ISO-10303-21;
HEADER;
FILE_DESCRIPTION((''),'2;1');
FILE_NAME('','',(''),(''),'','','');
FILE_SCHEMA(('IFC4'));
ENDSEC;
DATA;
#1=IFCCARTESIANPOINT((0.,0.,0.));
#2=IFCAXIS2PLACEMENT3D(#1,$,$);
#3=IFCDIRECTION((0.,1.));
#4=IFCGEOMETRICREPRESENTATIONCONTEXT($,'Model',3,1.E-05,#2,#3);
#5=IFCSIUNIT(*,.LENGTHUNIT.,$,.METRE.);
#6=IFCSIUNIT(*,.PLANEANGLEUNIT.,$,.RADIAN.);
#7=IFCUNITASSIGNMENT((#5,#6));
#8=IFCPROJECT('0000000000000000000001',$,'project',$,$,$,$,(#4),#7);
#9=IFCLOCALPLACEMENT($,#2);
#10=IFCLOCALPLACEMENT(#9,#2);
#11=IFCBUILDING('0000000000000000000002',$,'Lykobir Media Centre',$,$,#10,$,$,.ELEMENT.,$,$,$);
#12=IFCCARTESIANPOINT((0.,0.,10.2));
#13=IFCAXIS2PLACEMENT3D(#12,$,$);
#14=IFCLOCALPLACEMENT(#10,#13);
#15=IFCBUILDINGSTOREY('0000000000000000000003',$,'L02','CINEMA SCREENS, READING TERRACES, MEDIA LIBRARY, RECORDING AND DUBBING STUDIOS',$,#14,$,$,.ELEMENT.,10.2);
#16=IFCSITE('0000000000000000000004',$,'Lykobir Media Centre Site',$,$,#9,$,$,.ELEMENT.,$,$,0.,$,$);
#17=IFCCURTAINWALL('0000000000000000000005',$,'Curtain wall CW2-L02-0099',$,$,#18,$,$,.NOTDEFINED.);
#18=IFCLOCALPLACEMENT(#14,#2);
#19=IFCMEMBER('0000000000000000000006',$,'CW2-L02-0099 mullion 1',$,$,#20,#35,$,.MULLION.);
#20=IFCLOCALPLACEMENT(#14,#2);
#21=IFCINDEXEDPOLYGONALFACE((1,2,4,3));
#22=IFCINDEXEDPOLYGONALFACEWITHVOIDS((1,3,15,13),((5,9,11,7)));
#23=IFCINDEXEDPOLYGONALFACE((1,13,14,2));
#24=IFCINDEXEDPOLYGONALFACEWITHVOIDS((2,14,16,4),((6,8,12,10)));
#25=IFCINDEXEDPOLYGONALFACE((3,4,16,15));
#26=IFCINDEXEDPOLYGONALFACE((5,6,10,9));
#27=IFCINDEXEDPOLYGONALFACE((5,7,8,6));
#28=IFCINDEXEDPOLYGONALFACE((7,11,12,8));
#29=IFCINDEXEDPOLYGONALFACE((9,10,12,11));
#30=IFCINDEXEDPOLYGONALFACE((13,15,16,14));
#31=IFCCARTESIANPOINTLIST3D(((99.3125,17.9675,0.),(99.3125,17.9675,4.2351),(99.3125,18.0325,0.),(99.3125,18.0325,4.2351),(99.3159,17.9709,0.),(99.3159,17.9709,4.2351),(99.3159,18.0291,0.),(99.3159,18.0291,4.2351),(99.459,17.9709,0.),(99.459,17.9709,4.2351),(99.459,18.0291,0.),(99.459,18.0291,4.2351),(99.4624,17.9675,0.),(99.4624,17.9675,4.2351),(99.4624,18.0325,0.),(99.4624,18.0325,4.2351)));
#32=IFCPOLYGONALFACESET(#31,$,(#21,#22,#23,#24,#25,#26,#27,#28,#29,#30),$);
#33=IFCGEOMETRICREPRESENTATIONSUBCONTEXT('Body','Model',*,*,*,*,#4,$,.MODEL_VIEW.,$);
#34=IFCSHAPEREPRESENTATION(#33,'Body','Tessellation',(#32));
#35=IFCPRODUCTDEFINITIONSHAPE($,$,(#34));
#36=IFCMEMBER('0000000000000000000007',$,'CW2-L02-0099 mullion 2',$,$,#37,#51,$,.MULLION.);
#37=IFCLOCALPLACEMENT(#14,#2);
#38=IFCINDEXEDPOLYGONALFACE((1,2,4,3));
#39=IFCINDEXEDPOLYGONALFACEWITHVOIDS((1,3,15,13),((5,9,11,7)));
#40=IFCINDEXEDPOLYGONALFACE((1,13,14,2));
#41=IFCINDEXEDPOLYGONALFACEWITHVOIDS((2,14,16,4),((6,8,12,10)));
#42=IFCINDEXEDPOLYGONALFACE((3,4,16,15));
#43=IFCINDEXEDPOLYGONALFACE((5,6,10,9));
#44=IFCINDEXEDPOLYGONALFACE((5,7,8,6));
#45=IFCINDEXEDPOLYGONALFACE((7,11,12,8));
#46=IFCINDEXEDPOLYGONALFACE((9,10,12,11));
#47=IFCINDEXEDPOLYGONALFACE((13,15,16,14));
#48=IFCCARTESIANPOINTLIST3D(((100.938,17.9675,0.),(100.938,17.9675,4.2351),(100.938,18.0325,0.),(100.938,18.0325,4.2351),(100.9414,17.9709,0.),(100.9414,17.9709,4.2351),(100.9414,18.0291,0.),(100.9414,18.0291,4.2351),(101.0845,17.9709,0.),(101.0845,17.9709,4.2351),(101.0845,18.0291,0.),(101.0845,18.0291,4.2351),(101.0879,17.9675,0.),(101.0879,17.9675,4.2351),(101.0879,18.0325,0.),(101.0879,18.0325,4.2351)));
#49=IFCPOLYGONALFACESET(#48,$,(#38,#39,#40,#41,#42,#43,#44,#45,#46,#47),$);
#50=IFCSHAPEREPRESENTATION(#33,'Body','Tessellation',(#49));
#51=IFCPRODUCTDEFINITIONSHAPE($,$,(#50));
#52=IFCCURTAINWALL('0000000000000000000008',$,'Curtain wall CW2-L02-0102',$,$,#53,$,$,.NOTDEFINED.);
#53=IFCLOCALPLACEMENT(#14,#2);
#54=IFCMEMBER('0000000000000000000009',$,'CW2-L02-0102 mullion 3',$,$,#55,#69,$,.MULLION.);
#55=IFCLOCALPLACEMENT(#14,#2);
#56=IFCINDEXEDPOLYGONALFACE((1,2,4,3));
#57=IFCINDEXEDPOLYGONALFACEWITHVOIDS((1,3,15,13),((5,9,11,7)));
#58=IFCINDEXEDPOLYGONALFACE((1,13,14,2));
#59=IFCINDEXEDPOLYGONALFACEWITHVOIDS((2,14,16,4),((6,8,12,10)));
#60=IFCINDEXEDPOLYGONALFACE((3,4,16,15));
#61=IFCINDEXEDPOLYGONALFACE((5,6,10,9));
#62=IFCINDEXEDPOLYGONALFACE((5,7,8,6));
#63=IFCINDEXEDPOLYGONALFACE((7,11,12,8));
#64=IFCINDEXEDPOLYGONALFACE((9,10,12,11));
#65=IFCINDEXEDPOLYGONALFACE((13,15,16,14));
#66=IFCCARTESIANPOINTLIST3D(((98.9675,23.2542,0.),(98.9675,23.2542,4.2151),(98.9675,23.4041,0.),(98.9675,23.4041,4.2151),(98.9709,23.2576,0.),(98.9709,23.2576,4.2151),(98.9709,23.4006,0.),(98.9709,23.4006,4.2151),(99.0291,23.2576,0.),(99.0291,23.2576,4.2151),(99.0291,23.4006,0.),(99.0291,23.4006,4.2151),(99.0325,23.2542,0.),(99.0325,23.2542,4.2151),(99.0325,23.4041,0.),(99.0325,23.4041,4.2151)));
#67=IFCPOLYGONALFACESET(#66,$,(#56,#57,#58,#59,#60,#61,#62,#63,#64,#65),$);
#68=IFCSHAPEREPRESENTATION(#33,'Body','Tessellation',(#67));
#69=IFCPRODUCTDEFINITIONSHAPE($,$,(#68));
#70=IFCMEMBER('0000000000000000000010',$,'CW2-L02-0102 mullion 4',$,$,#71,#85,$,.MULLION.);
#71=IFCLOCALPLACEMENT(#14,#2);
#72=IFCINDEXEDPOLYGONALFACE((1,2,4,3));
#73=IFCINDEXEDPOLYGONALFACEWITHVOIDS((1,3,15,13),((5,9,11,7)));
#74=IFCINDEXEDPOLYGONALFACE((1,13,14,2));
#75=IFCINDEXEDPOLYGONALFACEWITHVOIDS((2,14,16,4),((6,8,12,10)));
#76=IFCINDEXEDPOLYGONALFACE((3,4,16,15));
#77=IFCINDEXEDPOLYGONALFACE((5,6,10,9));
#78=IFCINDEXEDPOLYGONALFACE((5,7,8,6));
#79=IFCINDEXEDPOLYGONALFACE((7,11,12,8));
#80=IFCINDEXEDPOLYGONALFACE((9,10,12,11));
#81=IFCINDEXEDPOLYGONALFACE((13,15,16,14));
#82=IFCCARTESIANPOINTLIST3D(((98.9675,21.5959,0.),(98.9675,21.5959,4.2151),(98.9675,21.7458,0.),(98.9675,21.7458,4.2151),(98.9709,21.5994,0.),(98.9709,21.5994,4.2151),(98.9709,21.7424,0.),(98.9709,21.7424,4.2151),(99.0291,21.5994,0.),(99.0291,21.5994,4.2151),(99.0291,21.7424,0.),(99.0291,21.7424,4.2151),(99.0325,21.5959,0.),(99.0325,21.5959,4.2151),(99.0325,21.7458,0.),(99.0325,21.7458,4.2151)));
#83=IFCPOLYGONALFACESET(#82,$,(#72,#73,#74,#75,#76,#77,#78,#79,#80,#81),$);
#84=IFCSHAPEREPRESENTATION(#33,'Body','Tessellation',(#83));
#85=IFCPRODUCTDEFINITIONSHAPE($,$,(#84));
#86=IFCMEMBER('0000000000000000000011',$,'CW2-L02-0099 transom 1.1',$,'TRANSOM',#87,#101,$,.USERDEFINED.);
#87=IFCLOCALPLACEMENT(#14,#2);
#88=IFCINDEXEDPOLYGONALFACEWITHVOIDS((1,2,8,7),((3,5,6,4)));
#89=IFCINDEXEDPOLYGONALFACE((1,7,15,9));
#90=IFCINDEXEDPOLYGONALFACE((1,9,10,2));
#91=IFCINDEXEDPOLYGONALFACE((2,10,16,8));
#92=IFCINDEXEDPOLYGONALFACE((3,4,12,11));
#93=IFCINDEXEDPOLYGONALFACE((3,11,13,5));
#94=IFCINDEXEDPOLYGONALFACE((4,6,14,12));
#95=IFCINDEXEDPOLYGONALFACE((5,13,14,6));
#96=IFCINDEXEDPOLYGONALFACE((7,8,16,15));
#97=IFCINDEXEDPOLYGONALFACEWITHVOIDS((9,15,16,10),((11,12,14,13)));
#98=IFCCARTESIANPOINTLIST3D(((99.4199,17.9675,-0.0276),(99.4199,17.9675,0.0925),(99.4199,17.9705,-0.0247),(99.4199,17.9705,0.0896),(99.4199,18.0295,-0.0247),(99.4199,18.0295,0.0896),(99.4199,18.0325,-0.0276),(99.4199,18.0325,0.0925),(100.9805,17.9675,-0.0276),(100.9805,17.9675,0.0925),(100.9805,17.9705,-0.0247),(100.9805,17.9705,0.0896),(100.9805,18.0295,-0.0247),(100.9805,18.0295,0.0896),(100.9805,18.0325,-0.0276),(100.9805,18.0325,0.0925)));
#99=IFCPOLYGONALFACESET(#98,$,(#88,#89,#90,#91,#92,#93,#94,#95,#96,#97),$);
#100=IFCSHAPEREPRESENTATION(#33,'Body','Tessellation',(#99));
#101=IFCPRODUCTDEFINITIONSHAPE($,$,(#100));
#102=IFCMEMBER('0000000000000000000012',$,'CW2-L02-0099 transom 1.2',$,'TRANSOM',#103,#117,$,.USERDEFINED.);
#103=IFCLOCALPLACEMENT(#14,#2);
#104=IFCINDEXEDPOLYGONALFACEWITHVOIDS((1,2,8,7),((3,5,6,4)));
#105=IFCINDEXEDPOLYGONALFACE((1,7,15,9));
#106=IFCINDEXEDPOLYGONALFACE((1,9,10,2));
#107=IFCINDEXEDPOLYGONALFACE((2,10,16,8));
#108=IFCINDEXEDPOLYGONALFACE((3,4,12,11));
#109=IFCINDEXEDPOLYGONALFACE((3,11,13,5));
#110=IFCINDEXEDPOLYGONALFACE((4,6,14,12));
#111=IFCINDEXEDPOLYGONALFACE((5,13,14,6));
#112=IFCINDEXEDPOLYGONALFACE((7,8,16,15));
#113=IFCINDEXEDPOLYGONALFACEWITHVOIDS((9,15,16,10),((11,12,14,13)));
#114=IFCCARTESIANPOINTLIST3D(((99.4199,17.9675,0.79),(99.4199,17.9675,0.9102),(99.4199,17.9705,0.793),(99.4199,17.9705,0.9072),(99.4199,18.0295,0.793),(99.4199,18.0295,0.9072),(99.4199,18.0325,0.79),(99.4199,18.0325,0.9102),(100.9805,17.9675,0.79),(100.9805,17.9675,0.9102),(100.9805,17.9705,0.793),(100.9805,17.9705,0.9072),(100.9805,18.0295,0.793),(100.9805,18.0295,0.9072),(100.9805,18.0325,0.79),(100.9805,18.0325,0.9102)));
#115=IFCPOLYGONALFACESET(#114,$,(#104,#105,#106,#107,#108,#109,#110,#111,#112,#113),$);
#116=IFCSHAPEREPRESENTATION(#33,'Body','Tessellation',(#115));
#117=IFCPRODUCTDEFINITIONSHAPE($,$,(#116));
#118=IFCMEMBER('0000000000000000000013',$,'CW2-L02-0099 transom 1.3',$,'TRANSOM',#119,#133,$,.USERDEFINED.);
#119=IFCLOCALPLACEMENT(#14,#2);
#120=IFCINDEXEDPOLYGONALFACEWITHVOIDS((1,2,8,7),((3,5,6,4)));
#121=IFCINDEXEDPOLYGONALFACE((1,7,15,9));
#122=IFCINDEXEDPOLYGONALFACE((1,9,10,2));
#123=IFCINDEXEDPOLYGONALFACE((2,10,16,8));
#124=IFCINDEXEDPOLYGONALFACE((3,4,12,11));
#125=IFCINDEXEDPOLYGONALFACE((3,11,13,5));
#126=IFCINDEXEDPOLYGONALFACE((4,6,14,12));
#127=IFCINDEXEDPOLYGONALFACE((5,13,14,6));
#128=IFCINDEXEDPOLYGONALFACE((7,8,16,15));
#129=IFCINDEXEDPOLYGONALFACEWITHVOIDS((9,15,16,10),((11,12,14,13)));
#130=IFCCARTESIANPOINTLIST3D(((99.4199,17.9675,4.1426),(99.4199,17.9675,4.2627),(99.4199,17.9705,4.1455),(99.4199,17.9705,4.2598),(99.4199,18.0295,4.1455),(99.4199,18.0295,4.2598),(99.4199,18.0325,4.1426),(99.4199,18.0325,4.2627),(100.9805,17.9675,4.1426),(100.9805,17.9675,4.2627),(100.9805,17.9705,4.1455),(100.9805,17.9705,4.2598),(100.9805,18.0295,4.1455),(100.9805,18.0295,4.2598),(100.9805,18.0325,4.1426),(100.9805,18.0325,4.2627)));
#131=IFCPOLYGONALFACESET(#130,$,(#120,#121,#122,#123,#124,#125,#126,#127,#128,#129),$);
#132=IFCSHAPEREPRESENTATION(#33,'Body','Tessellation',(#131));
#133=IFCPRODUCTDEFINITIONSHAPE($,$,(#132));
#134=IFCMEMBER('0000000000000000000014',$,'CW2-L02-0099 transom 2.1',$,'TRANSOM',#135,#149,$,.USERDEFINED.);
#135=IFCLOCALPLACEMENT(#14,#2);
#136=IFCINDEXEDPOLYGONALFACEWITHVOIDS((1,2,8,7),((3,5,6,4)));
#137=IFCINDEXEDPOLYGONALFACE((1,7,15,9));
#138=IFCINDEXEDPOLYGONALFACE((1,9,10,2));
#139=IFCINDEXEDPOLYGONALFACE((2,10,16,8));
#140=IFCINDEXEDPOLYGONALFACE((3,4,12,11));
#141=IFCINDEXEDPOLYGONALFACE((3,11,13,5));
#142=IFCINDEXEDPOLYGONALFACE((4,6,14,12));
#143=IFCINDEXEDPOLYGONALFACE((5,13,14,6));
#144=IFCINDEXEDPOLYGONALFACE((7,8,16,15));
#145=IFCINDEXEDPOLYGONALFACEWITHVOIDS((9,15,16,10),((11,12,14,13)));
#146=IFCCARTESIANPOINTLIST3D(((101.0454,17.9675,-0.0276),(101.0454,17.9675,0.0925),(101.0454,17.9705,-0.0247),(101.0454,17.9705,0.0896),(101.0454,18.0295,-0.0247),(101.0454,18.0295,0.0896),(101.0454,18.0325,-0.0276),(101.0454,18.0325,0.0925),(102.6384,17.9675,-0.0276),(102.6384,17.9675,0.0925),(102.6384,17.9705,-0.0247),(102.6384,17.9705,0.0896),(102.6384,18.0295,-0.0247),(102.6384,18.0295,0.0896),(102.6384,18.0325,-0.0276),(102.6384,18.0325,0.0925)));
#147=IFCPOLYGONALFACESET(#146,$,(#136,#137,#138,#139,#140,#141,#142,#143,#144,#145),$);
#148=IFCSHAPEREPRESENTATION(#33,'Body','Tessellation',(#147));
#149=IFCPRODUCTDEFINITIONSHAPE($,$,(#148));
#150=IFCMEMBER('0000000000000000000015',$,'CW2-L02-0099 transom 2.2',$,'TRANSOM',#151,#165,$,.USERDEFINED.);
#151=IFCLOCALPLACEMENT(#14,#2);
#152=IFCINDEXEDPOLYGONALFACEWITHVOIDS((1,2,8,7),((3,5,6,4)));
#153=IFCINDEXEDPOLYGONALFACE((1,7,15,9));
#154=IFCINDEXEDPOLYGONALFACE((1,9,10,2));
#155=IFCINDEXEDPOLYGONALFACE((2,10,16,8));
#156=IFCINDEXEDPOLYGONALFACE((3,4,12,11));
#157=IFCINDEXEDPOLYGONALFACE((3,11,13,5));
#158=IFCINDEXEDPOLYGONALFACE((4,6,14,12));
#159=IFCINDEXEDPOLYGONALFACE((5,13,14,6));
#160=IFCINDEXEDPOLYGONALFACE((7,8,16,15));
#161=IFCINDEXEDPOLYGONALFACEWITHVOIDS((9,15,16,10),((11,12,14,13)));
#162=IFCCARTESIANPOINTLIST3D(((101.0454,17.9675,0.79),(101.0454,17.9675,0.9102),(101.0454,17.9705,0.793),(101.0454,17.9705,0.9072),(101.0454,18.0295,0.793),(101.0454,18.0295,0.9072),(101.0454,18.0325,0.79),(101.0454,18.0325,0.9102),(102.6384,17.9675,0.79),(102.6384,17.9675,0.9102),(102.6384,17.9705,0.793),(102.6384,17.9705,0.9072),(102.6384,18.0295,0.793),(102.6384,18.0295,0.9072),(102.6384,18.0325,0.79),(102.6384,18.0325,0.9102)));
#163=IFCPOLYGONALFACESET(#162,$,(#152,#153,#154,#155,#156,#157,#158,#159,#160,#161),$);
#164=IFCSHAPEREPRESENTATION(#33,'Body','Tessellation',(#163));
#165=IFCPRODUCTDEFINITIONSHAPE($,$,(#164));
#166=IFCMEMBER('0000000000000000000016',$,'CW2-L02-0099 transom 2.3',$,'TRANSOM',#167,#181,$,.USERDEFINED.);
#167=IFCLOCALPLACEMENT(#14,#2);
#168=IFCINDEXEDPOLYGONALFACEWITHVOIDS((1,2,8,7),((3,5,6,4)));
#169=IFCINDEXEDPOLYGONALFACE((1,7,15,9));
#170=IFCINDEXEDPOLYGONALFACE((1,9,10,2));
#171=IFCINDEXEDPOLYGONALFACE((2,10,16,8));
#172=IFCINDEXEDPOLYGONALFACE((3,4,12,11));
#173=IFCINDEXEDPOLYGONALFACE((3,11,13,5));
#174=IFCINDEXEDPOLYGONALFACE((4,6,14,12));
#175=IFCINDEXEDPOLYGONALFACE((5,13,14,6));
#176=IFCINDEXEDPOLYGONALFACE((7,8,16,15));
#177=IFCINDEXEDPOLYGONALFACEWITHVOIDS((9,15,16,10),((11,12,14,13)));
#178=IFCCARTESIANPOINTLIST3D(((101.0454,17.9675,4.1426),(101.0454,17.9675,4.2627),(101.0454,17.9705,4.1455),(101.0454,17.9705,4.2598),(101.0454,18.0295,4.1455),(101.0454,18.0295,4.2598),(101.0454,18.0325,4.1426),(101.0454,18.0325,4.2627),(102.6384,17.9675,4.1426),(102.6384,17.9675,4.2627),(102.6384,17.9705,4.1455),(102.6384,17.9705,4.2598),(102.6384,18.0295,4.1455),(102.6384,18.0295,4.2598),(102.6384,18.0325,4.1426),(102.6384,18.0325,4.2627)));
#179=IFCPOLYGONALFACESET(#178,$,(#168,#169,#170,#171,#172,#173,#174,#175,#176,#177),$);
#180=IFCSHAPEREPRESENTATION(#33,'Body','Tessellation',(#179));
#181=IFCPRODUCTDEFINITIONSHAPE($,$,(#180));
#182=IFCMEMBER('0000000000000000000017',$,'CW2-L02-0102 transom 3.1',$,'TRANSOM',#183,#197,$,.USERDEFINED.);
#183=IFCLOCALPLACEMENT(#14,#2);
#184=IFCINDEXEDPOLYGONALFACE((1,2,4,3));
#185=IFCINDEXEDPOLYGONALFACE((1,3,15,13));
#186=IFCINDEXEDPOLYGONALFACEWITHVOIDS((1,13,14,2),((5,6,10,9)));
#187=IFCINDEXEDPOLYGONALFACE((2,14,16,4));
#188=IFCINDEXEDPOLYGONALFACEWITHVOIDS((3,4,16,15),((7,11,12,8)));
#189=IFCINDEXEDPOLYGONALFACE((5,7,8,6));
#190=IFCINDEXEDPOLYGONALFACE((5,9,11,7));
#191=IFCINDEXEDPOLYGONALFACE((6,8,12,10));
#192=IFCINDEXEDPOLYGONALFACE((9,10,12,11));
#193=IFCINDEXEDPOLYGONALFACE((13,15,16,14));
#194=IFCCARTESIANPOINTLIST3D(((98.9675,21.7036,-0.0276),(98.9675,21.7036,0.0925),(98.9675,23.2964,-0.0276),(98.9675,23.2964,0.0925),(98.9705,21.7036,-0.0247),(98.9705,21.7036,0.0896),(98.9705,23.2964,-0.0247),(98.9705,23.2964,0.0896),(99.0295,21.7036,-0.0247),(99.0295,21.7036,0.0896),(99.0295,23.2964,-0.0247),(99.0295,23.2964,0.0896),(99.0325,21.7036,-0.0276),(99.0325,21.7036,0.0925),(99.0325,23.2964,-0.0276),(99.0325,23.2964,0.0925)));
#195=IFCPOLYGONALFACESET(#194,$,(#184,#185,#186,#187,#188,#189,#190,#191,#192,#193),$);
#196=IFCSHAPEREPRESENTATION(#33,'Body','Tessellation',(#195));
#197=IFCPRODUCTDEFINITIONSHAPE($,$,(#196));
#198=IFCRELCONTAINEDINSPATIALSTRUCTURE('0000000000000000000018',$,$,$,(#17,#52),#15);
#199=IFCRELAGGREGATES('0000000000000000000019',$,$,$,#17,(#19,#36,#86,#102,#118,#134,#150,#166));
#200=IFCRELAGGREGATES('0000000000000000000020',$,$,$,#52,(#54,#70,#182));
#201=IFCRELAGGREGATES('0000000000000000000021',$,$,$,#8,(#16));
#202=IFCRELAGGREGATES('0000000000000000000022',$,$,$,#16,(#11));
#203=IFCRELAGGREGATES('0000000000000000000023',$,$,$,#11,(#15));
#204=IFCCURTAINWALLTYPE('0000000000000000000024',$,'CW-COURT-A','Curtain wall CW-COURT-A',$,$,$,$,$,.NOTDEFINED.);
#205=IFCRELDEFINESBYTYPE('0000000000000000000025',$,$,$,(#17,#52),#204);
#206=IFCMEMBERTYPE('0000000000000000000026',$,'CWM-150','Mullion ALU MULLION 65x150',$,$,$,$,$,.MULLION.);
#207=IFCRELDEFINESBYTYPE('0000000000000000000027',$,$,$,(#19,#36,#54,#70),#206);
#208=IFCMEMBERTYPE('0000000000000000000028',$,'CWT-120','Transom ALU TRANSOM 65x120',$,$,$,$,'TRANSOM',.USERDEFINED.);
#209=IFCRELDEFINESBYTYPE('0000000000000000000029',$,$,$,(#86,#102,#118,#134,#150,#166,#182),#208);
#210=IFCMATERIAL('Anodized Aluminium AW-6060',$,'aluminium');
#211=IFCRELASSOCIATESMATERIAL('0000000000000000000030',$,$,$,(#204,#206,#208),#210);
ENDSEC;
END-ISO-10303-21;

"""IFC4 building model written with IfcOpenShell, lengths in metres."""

from ifc_helpers import new_model, si_unit, direction, frame, origin, origin_2d, place, context, subcontext, project, spatial, hollow_rectangle, extrude, material, material_profile, profile_set, type_object, element, aggregate, save


model = new_model("IFC4")

# Units and contexts
model_context = context("Model", 3, precision=1e-05, world=origin(), true_north=direction((0.0, 1.0)))
body_context = subcontext(model_context, "Body", "Model", "MODEL_VIEW")
ifc_project = project(units=[si_unit("LENGTHUNIT", "METRE"), si_unit("PLANEANGLEUNIT", "RADIAN")], contexts=[model_context])

# Site, building, storey
site_placement = place(None, origin())
site = spatial("IfcSite", under=ifc_project, at=site_placement, Name="Lykobir Media Centre Site", CompositionType="ELEMENT", RefElevation=0.0)
building_placement = place(site_placement, origin())
building = spatial("IfcBuilding", under=site, at=building_placement, Name="Lykobir Media Centre", CompositionType="ELEMENT")
storey_placement = place(building_placement, frame((0.0, 0.0, 10.2)))
storey = spatial("IfcBuildingStorey", under=building, at=storey_placement, Name="L02", Description="CINEMA SCREENS, READING TERRACES, MEDIA LIBRARY, RECORDING AND DUBBING STUDIOS", CompositionType="ELEMENT", Elevation=10.2)

# Curtain walls, members
ifc_material_1 = material(Name="Anodized Aluminium AW-6060", Category="aluminium")
curtain_wall_type = type_object("IfcCurtainWallType", Name="CW-COURT-A", Description="Curtain wall CW-COURT-A", PredefinedType="NOTDEFINED", material=ifc_material_1)
curtain_wall_1_placement = place(storey_placement, origin())
curtain_wall_1 = element("IfcCurtainWall", 1, at=curtain_wall_1_placement, inside=storey, type_object=curtain_wall_type, Name="Curtain wall CW2-L02-0099", PredefinedType="NOTDEFINED")
ifc_material_profile_1 = material_profile(ifc_material_1, hollow_rectangle(XDim=0.0649, YDim=0.1499, WallThickness=0.0034, at=origin_2d()), Name="ALU MULLION 65x150")
ifc_profile_set_1 = profile_set([ifc_material_profile_1], Name="Anodized Aluminium AW-6060")
member_type_1 = type_object("IfcMemberType", Name="CWM-150", Description="Mullion ALU MULLION 65x150", PredefinedType="MULLION", material=ifc_profile_set_1)
member_1_placement = place(storey_placement, frame((99.3875, 18.0, 0.0), z_axis=(0.0, 0.0, 1.0), x_axis=(0.0, 1.0, 0.0)))
member_1 = element("IfcMember", 2, at=member_1_placement, type_object=member_type_1, Name="CW2-L02-0099 mullion 1", PredefinedType="MULLION", context=body_context, shape_type="SweptSolid", body=[
    extrude(hollow_rectangle(XDim=0.0649, YDim=0.1499, WallThickness=0.0034, at=origin_2d()), origin(), (0.0, 0.0, 1.0), 4.2351),
])
member_2_placement = place(storey_placement, frame((101.0129, 18.0, 0.0), z_axis=(0.0, 0.0, 1.0), x_axis=(0.0, 1.0, 0.0)))
member_2 = element("IfcMember", 3, at=member_2_placement, type_object=member_type_1, Name="CW2-L02-0099 mullion 2", PredefinedType="MULLION", context=body_context, shape_type="SweptSolid", body=[
    extrude(hollow_rectangle(XDim=0.0649, YDim=0.1499, WallThickness=0.0034, at=origin_2d()), origin(), (0.0, 0.0, 1.0), 4.2351),
])
curtain_wall_2_placement = place(storey_placement, origin())
curtain_wall_2 = element("IfcCurtainWall", 4, at=curtain_wall_2_placement, inside=storey, type_object=curtain_wall_type, Name="Curtain wall CW2-L02-0102", PredefinedType="NOTDEFINED")
member_3_placement = place(storey_placement, frame((99.0, 23.3291, 0.0), z_axis=(0.0, 0.0, 1.0), x_axis=(1.0, 0.0, 0.0)))
member_3 = element("IfcMember", 5, at=member_3_placement, type_object=member_type_1, Name="CW2-L02-0102 mullion 3", PredefinedType="MULLION", context=body_context, shape_type="SweptSolid", body=[
    extrude(hollow_rectangle(XDim=0.0649, YDim=0.1499, WallThickness=0.0034, at=origin_2d()), origin(), (0.0, 0.0, 1.0), 4.2151),
])
member_4_placement = place(storey_placement, frame((99.0, 21.6709, 0.0), z_axis=(0.0, 0.0, 1.0), x_axis=(1.0, 0.0, 0.0)))
member_4 = element("IfcMember", 6, at=member_4_placement, type_object=member_type_1, Name="CW2-L02-0102 mullion 4", PredefinedType="MULLION", context=body_context, shape_type="SweptSolid", body=[
    extrude(hollow_rectangle(XDim=0.0649, YDim=0.1499, WallThickness=0.0034, at=origin_2d()), origin(), (0.0, 0.0, 1.0), 4.2151),
])

# Members
ifc_material_profile_2 = material_profile(ifc_material_1, hollow_rectangle(XDim=0.0649, YDim=0.1201, WallThickness=0.0029, at=origin_2d()), Name="ALU TRANSOM 65x120")
ifc_profile_set_2 = profile_set([ifc_material_profile_2], Name="Anodized Aluminium AW-6060")
member_type_2 = type_object("IfcMemberType", Name="CWT-120", Description="Transom ALU TRANSOM 65x120", ElementType="TRANSOM", PredefinedType="USERDEFINED", material=ifc_profile_set_2)
member_5_placement = place(storey_placement, frame((99.4199, 18.0, 0.0325), z_axis=(1.0, 0.0, 0.0), x_axis=(0.0, 1.0, 0.0)))
member_5 = element("IfcMember", 7, at=member_5_placement, type_object=member_type_2, Name="CW2-L02-0099 transom 1.1", ObjectType="TRANSOM", PredefinedType="USERDEFINED", context=body_context, shape_type="SweptSolid", body=[
    extrude(hollow_rectangle(XDim=0.0649, YDim=0.1201, WallThickness=0.0029, at=origin_2d()), origin(), (0.0, 0.0, 1.0), 1.5605),
])
member_6_placement = place(storey_placement, frame((99.4199, 18.0, 0.8501), z_axis=(1.0, 0.0, 0.0), x_axis=(0.0, 1.0, 0.0)))
member_6 = element("IfcMember", 8, at=member_6_placement, type_object=member_type_2, Name="CW2-L02-0099 transom 1.2", ObjectType="TRANSOM", PredefinedType="USERDEFINED", context=body_context, shape_type="SweptSolid", body=[
    extrude(hollow_rectangle(XDim=0.0649, YDim=0.1201, WallThickness=0.0029, at=origin_2d()), origin(), (0.0, 0.0, 1.0), 1.5605),
])
member_7_placement = place(storey_placement, frame((99.4199, 18.0, 4.2026), z_axis=(1.0, 0.0, 0.0), x_axis=(0.0, 1.0, 0.0)))
member_7 = element("IfcMember", 9, at=member_7_placement, type_object=member_type_2, Name="CW2-L02-0099 transom 1.3", ObjectType="TRANSOM", PredefinedType="USERDEFINED", context=body_context, shape_type="SweptSolid", body=[
    extrude(hollow_rectangle(XDim=0.0649, YDim=0.1201, WallThickness=0.0029, at=origin_2d()), origin(), (0.0, 0.0, 1.0), 1.5605),
])
member_8_placement = place(storey_placement, frame((101.0454, 18.0, 0.0325), z_axis=(1.0, 0.0, 0.0), x_axis=(0.0, 1.0, 0.0)))
member_8 = element("IfcMember", 10, at=member_8_placement, type_object=member_type_2, Name="CW2-L02-0099 transom 2.1", ObjectType="TRANSOM", PredefinedType="USERDEFINED", context=body_context, shape_type="SweptSolid", body=[
    extrude(hollow_rectangle(XDim=0.0649, YDim=0.1201, WallThickness=0.0029, at=origin_2d()), origin(), (0.0, 0.0, 1.0), 1.593),
])
member_9_placement = place(storey_placement, frame((101.0454, 18.0, 0.8501), z_axis=(1.0, 0.0, 0.0), x_axis=(0.0, 1.0, 0.0)))
member_9 = element("IfcMember", 11, at=member_9_placement, type_object=member_type_2, Name="CW2-L02-0099 transom 2.2", ObjectType="TRANSOM", PredefinedType="USERDEFINED", context=body_context, shape_type="SweptSolid", body=[
    extrude(hollow_rectangle(XDim=0.0649, YDim=0.1201, WallThickness=0.0029, at=origin_2d()), origin(), (0.0, 0.0, 1.0), 1.593),
])
member_10_placement = place(storey_placement, frame((101.0454, 18.0, 4.2026), z_axis=(1.0, 0.0, 0.0), x_axis=(0.0, 1.0, 0.0)))
member_10 = element("IfcMember", 12, at=member_10_placement, type_object=member_type_2, Name="CW2-L02-0099 transom 2.3", ObjectType="TRANSOM", PredefinedType="USERDEFINED", context=body_context, shape_type="SweptSolid", body=[
    extrude(hollow_rectangle(XDim=0.0649, YDim=0.1201, WallThickness=0.0029, at=origin_2d()), origin(), (0.0, 0.0, 1.0), 1.593),
])
member_11_placement = place(storey_placement, frame((99.0, 23.2964, 0.0325), z_axis=(0.0, -1.0, 0.0), x_axis=(1.0, 0.0, 0.0)))
member_11 = element("IfcMember", 13, at=member_11_placement, type_object=member_type_2, Name="CW2-L02-0102 transom 3.1", ObjectType="TRANSOM", PredefinedType="USERDEFINED", context=body_context, shape_type="SweptSolid", body=[
    extrude(hollow_rectangle(XDim=0.0649, YDim=0.1201, WallThickness=0.0029, at=origin_2d()), origin(), (0.0, 0.0, 1.0), 1.5928),
])

aggregate(curtain_wall_1, [member_1, member_2, member_5, member_6, member_7, member_8, member_9, member_10])
aggregate(curtain_wall_2, [member_3, member_4, member_11])

save(model, "model.ifc")
